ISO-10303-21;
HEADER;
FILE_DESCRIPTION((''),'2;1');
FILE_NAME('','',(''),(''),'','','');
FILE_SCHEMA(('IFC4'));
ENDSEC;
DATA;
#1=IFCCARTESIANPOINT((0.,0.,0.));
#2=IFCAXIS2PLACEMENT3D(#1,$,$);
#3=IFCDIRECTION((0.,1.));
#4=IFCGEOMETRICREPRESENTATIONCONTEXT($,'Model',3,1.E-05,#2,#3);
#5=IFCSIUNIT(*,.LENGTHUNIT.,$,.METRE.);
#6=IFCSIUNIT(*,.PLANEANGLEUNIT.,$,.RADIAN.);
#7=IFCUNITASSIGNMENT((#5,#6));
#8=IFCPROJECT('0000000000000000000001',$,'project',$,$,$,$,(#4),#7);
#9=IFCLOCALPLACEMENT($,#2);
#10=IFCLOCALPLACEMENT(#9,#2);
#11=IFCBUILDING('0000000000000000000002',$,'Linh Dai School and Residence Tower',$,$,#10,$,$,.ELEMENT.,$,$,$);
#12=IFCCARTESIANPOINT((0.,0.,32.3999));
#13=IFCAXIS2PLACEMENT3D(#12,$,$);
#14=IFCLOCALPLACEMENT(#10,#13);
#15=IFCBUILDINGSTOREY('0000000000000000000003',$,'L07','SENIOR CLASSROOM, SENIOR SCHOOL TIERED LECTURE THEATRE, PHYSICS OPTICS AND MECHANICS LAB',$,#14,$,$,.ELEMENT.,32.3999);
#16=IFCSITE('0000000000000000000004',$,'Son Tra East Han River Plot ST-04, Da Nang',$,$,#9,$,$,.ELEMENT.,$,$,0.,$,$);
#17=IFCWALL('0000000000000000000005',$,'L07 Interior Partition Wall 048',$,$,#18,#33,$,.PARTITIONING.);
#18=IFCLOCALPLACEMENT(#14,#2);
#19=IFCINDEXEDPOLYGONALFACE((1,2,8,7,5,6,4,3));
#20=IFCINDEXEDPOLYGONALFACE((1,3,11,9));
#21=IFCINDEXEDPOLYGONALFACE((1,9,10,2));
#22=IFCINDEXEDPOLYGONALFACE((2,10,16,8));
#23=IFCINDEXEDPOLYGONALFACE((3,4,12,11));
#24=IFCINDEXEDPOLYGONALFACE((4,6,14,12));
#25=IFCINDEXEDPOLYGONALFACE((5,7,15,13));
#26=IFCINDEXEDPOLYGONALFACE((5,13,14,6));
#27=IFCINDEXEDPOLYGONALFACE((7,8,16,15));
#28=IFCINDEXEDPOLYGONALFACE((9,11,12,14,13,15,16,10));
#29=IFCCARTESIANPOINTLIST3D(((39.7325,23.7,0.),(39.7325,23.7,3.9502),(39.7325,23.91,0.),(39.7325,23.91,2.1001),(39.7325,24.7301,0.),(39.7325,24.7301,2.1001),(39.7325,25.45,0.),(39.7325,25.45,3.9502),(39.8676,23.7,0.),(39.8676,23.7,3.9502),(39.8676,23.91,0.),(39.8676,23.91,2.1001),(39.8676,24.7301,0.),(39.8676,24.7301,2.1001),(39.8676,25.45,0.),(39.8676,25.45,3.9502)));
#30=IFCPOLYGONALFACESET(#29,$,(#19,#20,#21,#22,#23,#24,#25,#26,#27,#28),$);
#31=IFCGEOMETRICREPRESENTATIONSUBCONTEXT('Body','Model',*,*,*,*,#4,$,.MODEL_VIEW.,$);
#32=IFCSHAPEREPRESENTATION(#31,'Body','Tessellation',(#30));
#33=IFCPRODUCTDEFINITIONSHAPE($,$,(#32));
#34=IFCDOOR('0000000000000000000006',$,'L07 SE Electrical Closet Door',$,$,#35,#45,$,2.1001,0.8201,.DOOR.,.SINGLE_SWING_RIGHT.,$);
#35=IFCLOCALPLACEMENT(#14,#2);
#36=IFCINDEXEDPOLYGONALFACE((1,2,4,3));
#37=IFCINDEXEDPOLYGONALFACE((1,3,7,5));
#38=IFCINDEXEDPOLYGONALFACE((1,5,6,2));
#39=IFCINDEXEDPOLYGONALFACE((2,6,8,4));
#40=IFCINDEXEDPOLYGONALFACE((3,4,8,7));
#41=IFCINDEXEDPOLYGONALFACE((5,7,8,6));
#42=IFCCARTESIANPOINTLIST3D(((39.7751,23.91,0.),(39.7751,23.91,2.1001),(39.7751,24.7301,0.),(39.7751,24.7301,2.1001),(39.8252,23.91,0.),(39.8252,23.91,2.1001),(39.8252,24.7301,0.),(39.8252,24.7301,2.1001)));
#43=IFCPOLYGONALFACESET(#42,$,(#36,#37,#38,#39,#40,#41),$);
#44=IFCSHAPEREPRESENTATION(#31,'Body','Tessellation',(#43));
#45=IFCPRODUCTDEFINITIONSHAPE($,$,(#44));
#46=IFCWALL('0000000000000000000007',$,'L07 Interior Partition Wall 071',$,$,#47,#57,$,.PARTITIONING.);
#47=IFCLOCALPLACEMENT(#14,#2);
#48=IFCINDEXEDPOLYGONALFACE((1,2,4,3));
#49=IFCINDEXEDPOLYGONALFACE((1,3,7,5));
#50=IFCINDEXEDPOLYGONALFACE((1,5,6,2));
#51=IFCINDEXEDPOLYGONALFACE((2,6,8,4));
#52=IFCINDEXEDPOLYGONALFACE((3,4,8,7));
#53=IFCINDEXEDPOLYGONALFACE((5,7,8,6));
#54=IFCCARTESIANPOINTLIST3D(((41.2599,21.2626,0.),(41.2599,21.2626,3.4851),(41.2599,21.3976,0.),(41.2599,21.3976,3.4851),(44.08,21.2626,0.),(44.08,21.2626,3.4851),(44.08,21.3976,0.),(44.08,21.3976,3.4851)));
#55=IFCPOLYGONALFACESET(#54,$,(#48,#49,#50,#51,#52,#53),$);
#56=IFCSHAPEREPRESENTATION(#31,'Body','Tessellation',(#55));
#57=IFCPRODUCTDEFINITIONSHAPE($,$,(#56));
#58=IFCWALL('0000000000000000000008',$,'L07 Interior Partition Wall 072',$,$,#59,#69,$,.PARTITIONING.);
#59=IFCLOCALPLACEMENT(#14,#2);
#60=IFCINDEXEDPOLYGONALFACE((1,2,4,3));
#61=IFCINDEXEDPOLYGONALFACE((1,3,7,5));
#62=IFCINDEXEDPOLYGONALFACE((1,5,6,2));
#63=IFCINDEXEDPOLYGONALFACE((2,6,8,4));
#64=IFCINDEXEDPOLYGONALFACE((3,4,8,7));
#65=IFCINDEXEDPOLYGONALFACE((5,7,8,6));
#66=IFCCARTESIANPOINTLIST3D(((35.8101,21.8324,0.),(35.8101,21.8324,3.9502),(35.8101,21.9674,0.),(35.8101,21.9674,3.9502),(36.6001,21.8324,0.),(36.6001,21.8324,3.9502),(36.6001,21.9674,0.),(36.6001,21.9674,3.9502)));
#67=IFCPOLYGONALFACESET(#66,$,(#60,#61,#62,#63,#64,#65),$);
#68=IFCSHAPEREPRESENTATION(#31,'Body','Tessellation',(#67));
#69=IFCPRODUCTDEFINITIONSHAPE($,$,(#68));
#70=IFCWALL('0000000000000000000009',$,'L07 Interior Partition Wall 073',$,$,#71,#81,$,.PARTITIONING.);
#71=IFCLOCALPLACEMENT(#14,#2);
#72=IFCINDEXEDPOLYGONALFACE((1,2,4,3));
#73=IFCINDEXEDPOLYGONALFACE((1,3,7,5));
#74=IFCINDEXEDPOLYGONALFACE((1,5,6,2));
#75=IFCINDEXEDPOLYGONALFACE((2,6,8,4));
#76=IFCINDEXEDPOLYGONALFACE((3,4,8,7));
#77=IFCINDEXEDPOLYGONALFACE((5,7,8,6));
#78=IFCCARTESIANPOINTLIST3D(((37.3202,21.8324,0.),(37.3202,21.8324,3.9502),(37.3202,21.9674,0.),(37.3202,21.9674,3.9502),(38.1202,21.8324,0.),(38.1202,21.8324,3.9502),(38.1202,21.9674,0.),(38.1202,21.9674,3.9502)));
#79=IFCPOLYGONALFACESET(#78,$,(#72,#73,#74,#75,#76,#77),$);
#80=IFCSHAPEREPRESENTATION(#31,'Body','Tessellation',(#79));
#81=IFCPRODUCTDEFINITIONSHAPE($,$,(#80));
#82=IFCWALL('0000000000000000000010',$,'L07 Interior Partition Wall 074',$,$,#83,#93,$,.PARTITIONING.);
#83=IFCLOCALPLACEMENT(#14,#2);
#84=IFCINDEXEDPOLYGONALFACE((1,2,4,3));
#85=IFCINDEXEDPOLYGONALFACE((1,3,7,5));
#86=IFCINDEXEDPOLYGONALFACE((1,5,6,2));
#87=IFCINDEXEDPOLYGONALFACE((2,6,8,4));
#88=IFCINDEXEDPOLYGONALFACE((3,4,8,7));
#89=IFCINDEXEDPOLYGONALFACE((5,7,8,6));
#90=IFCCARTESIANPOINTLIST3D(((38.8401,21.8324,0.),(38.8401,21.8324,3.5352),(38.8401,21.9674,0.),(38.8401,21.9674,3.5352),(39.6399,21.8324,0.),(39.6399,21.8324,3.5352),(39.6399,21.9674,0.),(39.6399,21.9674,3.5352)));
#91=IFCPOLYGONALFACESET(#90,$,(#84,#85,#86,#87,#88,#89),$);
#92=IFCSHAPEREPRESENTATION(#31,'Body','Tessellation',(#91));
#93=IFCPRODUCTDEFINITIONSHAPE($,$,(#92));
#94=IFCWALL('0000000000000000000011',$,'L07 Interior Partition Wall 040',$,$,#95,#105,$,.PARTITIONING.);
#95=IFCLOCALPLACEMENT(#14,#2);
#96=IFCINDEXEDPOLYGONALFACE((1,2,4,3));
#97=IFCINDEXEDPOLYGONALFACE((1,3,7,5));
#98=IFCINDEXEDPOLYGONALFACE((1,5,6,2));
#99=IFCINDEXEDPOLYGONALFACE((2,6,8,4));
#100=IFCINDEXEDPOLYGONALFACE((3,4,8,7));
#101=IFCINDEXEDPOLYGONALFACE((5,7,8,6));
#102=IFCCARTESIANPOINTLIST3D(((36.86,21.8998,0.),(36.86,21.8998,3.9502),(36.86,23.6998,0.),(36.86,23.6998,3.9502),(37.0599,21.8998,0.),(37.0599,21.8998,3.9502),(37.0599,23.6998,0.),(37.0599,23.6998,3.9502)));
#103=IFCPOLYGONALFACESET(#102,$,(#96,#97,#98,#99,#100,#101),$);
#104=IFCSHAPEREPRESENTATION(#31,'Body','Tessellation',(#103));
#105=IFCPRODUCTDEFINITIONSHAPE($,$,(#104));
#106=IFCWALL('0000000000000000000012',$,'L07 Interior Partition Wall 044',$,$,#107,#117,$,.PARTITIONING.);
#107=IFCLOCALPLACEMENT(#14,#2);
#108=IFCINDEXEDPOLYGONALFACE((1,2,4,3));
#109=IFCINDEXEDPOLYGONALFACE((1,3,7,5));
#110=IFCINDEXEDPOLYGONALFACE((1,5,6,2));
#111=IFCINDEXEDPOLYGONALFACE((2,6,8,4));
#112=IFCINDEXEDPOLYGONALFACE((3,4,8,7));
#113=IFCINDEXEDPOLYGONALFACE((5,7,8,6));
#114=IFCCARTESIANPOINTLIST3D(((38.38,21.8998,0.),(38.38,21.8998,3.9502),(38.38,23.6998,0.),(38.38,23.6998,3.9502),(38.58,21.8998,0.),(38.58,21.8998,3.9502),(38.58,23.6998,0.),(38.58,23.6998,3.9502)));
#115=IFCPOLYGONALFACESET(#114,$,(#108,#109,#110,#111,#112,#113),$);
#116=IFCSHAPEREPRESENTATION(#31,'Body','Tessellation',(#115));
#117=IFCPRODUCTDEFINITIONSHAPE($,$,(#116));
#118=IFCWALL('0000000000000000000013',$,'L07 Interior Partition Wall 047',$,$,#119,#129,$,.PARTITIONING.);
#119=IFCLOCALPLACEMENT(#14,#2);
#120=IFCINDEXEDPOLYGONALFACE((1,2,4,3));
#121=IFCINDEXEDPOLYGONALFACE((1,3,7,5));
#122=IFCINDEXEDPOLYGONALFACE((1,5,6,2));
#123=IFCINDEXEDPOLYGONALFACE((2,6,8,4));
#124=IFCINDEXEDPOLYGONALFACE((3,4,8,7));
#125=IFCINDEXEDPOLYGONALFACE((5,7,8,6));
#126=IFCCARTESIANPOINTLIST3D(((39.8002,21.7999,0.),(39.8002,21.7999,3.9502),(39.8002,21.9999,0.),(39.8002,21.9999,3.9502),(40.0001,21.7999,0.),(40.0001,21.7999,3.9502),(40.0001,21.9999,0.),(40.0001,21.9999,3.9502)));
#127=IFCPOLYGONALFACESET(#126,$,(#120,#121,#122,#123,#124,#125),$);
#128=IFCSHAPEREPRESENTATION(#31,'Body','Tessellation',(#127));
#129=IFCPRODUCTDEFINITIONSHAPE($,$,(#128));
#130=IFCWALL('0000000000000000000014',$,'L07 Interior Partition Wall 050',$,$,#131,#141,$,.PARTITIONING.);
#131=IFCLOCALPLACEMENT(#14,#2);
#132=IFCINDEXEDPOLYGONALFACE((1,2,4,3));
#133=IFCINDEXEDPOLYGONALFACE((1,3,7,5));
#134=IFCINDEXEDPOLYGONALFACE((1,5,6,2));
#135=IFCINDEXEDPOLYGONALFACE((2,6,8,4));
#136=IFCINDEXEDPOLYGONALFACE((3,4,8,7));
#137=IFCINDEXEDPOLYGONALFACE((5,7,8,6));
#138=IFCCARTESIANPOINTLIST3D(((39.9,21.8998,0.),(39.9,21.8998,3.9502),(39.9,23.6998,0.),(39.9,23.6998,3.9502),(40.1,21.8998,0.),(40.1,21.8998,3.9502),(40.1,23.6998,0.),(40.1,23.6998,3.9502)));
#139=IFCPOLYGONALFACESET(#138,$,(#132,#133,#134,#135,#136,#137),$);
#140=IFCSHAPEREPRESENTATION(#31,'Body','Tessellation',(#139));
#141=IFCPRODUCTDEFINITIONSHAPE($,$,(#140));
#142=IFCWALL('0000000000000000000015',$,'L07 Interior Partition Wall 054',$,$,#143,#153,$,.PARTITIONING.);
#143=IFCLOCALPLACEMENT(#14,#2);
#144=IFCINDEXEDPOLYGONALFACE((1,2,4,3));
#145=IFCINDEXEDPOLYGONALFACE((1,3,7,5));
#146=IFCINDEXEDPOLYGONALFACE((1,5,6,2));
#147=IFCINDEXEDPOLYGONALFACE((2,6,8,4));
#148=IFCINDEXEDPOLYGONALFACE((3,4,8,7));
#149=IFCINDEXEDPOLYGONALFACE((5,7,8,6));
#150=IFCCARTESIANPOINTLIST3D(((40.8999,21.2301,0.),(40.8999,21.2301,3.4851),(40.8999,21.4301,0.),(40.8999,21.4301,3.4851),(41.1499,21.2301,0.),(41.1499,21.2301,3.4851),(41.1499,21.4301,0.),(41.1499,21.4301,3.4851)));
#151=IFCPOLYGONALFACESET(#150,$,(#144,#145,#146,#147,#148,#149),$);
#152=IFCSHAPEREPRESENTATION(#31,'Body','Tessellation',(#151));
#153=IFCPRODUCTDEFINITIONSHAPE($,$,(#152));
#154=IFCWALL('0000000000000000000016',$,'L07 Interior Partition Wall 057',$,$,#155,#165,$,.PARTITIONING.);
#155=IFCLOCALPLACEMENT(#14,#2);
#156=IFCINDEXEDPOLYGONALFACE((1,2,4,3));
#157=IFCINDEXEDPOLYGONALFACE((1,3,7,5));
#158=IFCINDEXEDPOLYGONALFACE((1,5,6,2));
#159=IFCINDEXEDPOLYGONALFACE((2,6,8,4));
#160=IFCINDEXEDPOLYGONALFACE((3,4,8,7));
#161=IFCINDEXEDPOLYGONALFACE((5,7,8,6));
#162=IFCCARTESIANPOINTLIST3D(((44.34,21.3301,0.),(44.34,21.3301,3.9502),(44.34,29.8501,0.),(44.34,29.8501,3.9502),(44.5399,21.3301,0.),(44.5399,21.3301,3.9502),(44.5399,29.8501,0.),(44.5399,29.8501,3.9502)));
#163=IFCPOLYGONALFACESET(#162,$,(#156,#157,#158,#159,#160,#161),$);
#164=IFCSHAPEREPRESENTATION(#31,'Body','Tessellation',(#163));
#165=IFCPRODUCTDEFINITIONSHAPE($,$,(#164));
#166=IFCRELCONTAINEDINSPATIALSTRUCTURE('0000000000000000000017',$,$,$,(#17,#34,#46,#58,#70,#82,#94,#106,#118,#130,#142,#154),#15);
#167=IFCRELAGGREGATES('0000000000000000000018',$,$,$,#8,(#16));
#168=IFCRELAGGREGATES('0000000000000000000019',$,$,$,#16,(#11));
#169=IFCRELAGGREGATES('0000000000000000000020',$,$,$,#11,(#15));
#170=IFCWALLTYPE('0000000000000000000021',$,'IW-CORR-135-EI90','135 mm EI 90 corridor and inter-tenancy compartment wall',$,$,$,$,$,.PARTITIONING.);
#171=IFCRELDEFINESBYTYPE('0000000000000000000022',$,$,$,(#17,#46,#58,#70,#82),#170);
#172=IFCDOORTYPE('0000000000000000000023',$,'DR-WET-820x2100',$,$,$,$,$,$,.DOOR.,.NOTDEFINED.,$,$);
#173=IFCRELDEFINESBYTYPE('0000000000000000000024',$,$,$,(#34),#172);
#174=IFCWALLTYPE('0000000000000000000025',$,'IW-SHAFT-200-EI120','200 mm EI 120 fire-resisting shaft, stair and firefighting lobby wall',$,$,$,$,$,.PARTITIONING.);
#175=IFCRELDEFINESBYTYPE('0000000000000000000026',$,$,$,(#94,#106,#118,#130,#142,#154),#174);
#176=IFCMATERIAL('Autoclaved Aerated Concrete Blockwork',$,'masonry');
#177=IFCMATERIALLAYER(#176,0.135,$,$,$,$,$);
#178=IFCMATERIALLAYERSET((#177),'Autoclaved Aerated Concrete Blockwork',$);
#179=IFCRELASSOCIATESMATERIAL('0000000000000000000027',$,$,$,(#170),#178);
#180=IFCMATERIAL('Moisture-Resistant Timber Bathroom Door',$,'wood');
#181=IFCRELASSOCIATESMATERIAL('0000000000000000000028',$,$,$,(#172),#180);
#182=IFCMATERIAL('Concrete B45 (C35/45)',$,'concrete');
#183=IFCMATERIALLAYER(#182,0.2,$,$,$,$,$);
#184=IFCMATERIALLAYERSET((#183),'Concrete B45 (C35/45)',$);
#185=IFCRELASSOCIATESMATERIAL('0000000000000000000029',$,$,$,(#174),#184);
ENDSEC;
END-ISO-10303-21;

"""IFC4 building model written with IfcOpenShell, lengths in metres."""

from ifc_helpers import new_model, si_unit, direction, frame, frame_2d, origin, origin_2d, place, context, subcontext, project, spatial, rectangle, extrude, source, transform, mapped, material, layer, layer_set, type_object, element, fill, save


model = new_model("IFC4")

# Units and contexts
model_context = context("Model", 3, precision=1e-05, world=origin(), true_north=direction((0.0, 1.0)))
body_context = subcontext(model_context, "Body", "Model", "MODEL_VIEW")
ifc_project = project(units=[si_unit("LENGTHUNIT", "METRE"), si_unit("PLANEANGLEUNIT", "RADIAN")], contexts=[model_context])

# Site, building, storey
site_placement = place(None, origin())
site = spatial("IfcSite", under=ifc_project, at=site_placement, Name="Son Tra East Han River Plot ST-04, Da Nang", CompositionType="ELEMENT", RefElevation=0.0)
building_placement = place(site_placement, origin())
building = spatial("IfcBuilding", under=site, at=building_placement, Name="Linh Dai School and Residence Tower", CompositionType="ELEMENT")
storey_placement = place(building_placement, frame((0.0, 0.0, 32.3999)))
storey = spatial("IfcBuildingStorey", under=building, at=storey_placement, Name="L07", Description="SENIOR CLASSROOM, SENIOR SCHOOL TIERED LECTURE THEATRE, PHYSICS OPTICS AND MECHANICS LAB", CompositionType="ELEMENT", Elevation=32.3999)

# Wall, opening, door
ifc_material_1 = material(Name="Autoclaved Aerated Concrete Blockwork", Category="masonry")
ifc_layer_1 = layer(ifc_material_1, 0.135)
ifc_layer_set_1 = layer_set([ifc_layer_1], Name="Autoclaved Aerated Concrete Blockwork")
wall_type_1 = type_object("IfcWallType", Name="IW-CORR-135-EI90", Description="135 mm EI 90 corridor and inter-tenancy compartment wall", PredefinedType="PARTITIONING", material=ifc_layer_set_1)
wall_1_placement = place(storey_placement, frame((39.8, 23.7, 0.0), z_axis=(0.0, 0.0, 1.0), x_axis=(0.0, 1.0, 0.0)))
wall_1 = element("IfcWall", 1, at=wall_1_placement, inside=storey, type_object=wall_type_1, Name="L07 Interior Partition Wall 048", PredefinedType="PARTITIONING", context=body_context, shape_type="SweptSolid", body=[
    extrude(rectangle(XDim=1.75, YDim=0.135, at=frame_2d((0.875, 0.0))), origin(), (0.0, 0.0, 1.0), 3.9502),
])
opening_placement = place(wall_1_placement, frame((0.21, 0.0, 0.0)))
opening = element("IfcOpeningElement", 2, at=opening_placement, cuts=wall_1, PredefinedType="OPENING", context=body_context, shape_type="SweptSolid", body=[
    extrude(rectangle(XDim=0.8201, YDim=2.1001, at=origin_2d()), frame((0.4102, 0.0776, 1.05), z_axis=(0.0, -1.0, 0.0), x_axis=(1.0, 0.0, 0.0)), (0.0, 0.0, 1.0), 0.155),
])
ifc_material_2 = material(Name="Moisture-Resistant Timber Bathroom Door", Category="wood")
door_type = type_object("IfcDoorType", Name="DR-WET-820x2100", OperationType="NOTDEFINED", PredefinedType="DOOR", material=ifc_material_2)
shared_shape_1 = source(origin(), body_context, "Body", "SweptSolid", [
    extrude(rectangle(XDim=0.8201, YDim=2.1001, at=origin_2d()), frame((0.4102, 0.0249, 1.05), z_axis=(0.0, -1.0, 0.0), x_axis=(1.0, 0.0, 0.0)), (0.0, 0.0, 1.0), 0.05),
])
door_placement = place(opening_placement, origin())
door = element("IfcDoor", 3, at=door_placement, inside=storey, type_object=door_type, Name="L07 SE Electrical Closet Door", OperationType="SINGLE_SWING_RIGHT", OverallHeight=2.1001, OverallWidth=0.8201, PredefinedType="DOOR", context=body_context, shape_type="MappedRepresentation", body=[
    mapped(shared_shape_1, transform((0.0, 0.0, 0.0), x_axis=(1.0, 0.0, 0.0), y_axis=(0.0, 1.0, 0.0), z_axis=(0.0, 0.0, 1.0), scale=1.0)),
])
fill(opening, door)

# Walls
wall_2_placement = place(storey_placement, frame((44.0801, 21.3301, 0.0), z_axis=(0.0, 0.0, 1.0), x_axis=(-1.0, 0.0, 0.0)))
element("IfcWall", 4, at=wall_2_placement, inside=storey, type_object=wall_type_1, Name="L07 Interior Partition Wall 071", PredefinedType="PARTITIONING", context=body_context, shape_type="SweptSolid", body=[
    extrude(rectangle(XDim=2.8201, YDim=0.135, at=frame_2d((1.4102, 0.0))), origin(), (0.0, 0.0, 1.0), 3.4851),
])
wall_3_placement = place(storey_placement, frame((36.6001, 21.8999, 0.0), z_axis=(0.0, 0.0, 1.0), x_axis=(-1.0, 0.0, 0.0)))
element("IfcWall", 5, at=wall_3_placement, inside=storey, type_object=wall_type_1, Name="L07 Interior Partition Wall 072", PredefinedType="PARTITIONING", context=body_context, shape_type="SweptSolid", body=[
    extrude(rectangle(XDim=0.79, YDim=0.135, at=frame_2d((0.395, 0.0))), origin(), (0.0, 0.0, 1.0), 3.9502),
])
wall_4_placement = place(storey_placement, frame((38.1201, 21.8999, 0.0), z_axis=(0.0, 0.0, 1.0), x_axis=(-1.0, 0.0, 0.0)))
element("IfcWall", 6, at=wall_4_placement, inside=storey, type_object=wall_type_1, Name="L07 Interior Partition Wall 073", PredefinedType="PARTITIONING", context=body_context, shape_type="SweptSolid", body=[
    extrude(rectangle(XDim=0.8, YDim=0.135, at=frame_2d((0.3999, 0.0))), origin(), (0.0, 0.0, 1.0), 3.9502),
])
wall_5_placement = place(storey_placement, frame((39.6399, 21.8999, 0.0), z_axis=(0.0, 0.0, 1.0), x_axis=(-1.0, 0.0, 0.0)))
element("IfcWall", 7, at=wall_5_placement, inside=storey, type_object=wall_type_1, Name="L07 Interior Partition Wall 074", PredefinedType="PARTITIONING", context=body_context, shape_type="SweptSolid", body=[
    extrude(rectangle(XDim=0.7998, YDim=0.135, at=frame_2d((0.3999, 0.0))), origin(), (0.0, 0.0, 1.0), 3.5352),
])
ifc_material_3 = material(Name="Concrete B45 (C35/45)", Category="concrete")
ifc_layer_2 = layer(ifc_material_3, 0.2)
ifc_layer_set_2 = layer_set([ifc_layer_2], Name="Concrete B45 (C35/45)")
wall_type_2 = type_object("IfcWallType", Name="IW-SHAFT-200-EI120", Description="200 mm EI 120 fire-resisting shaft, stair and firefighting lobby wall", PredefinedType="PARTITIONING", material=ifc_layer_set_2)
for number, where, z_axis, x_axis, name in (
    (8, (36.96, 21.8999, 0.0), (0.0, 0.0, 1.0), (0.0, 1.0, 0.0), "L07 Interior Partition Wall 040"),
    (9, (38.48, 21.8999, 0.0), (0.0, 0.0, 1.0), (0.0, 1.0, 0.0), "L07 Interior Partition Wall 044"),
):
    element("IfcWall", number, at=place(storey_placement, frame(where, z_axis=z_axis, x_axis=x_axis)), inside=storey, type_object=wall_type_2, Name=name, PredefinedType="PARTITIONING", context=body_context, shape_type="SweptSolid", body=[
        extrude(rectangle(XDim=1.8, YDim=0.2, at=frame_2d((0.8999, 0.0))), origin(), (0.0, 0.0, 1.0), 3.9502),
    ])
wall_6_placement = place(storey_placement, frame((39.8, 21.8999, 0.0), z_axis=(0.0, 0.0, 1.0), x_axis=(1.0, 0.0, 0.0)))
element("IfcWall", 10, at=wall_6_placement, inside=storey, type_object=wall_type_2, Name="L07 Interior Partition Wall 047", PredefinedType="PARTITIONING", context=body_context, shape_type="SweptSolid", body=[
    extrude(rectangle(XDim=0.2, YDim=0.2, at=frame_2d((0.1001, 0.0))), origin(), (0.0, 0.0, 1.0), 3.9502),
])
wall_7_placement = place(storey_placement, frame((40.0, 21.8999, 0.0), z_axis=(0.0, 0.0, 1.0), x_axis=(0.0, 1.0, 0.0)))
element("IfcWall", 11, at=wall_7_placement, inside=storey, type_object=wall_type_2, Name="L07 Interior Partition Wall 050", PredefinedType="PARTITIONING", context=body_context, shape_type="SweptSolid", body=[
    extrude(rectangle(XDim=1.8, YDim=0.2, at=frame_2d((0.8999, 0.0))), origin(), (0.0, 0.0, 1.0), 3.9502),
])
wall_8_placement = place(storey_placement, frame((40.8999, 21.3301, 0.0), z_axis=(0.0, 0.0, 1.0), x_axis=(1.0, 0.0, 0.0)))
element("IfcWall", 12, at=wall_8_placement, inside=storey, type_object=wall_type_2, Name="L07 Interior Partition Wall 054", PredefinedType="PARTITIONING", context=body_context, shape_type="SweptSolid", body=[
    extrude(rectangle(XDim=0.25, YDim=0.2, at=frame_2d((0.125, 0.0))), origin(), (0.0, 0.0, 1.0), 3.4851),
])
wall_9_placement = place(storey_placement, frame((44.4399, 21.3301, 0.0), z_axis=(0.0, 0.0, 1.0), x_axis=(0.0, 1.0, 0.0)))
element("IfcWall", 13, at=wall_9_placement, inside=storey, type_object=wall_type_2, Name="L07 Interior Partition Wall 057", PredefinedType="PARTITIONING", context=body_context, shape_type="SweptSolid", body=[
    extrude(rectangle(XDim=8.52, YDim=0.2, at=frame_2d((4.26, 0.0))), origin(), (0.0, 0.0, 1.0), 3.9502),
])

save(model, "model.ifc")
